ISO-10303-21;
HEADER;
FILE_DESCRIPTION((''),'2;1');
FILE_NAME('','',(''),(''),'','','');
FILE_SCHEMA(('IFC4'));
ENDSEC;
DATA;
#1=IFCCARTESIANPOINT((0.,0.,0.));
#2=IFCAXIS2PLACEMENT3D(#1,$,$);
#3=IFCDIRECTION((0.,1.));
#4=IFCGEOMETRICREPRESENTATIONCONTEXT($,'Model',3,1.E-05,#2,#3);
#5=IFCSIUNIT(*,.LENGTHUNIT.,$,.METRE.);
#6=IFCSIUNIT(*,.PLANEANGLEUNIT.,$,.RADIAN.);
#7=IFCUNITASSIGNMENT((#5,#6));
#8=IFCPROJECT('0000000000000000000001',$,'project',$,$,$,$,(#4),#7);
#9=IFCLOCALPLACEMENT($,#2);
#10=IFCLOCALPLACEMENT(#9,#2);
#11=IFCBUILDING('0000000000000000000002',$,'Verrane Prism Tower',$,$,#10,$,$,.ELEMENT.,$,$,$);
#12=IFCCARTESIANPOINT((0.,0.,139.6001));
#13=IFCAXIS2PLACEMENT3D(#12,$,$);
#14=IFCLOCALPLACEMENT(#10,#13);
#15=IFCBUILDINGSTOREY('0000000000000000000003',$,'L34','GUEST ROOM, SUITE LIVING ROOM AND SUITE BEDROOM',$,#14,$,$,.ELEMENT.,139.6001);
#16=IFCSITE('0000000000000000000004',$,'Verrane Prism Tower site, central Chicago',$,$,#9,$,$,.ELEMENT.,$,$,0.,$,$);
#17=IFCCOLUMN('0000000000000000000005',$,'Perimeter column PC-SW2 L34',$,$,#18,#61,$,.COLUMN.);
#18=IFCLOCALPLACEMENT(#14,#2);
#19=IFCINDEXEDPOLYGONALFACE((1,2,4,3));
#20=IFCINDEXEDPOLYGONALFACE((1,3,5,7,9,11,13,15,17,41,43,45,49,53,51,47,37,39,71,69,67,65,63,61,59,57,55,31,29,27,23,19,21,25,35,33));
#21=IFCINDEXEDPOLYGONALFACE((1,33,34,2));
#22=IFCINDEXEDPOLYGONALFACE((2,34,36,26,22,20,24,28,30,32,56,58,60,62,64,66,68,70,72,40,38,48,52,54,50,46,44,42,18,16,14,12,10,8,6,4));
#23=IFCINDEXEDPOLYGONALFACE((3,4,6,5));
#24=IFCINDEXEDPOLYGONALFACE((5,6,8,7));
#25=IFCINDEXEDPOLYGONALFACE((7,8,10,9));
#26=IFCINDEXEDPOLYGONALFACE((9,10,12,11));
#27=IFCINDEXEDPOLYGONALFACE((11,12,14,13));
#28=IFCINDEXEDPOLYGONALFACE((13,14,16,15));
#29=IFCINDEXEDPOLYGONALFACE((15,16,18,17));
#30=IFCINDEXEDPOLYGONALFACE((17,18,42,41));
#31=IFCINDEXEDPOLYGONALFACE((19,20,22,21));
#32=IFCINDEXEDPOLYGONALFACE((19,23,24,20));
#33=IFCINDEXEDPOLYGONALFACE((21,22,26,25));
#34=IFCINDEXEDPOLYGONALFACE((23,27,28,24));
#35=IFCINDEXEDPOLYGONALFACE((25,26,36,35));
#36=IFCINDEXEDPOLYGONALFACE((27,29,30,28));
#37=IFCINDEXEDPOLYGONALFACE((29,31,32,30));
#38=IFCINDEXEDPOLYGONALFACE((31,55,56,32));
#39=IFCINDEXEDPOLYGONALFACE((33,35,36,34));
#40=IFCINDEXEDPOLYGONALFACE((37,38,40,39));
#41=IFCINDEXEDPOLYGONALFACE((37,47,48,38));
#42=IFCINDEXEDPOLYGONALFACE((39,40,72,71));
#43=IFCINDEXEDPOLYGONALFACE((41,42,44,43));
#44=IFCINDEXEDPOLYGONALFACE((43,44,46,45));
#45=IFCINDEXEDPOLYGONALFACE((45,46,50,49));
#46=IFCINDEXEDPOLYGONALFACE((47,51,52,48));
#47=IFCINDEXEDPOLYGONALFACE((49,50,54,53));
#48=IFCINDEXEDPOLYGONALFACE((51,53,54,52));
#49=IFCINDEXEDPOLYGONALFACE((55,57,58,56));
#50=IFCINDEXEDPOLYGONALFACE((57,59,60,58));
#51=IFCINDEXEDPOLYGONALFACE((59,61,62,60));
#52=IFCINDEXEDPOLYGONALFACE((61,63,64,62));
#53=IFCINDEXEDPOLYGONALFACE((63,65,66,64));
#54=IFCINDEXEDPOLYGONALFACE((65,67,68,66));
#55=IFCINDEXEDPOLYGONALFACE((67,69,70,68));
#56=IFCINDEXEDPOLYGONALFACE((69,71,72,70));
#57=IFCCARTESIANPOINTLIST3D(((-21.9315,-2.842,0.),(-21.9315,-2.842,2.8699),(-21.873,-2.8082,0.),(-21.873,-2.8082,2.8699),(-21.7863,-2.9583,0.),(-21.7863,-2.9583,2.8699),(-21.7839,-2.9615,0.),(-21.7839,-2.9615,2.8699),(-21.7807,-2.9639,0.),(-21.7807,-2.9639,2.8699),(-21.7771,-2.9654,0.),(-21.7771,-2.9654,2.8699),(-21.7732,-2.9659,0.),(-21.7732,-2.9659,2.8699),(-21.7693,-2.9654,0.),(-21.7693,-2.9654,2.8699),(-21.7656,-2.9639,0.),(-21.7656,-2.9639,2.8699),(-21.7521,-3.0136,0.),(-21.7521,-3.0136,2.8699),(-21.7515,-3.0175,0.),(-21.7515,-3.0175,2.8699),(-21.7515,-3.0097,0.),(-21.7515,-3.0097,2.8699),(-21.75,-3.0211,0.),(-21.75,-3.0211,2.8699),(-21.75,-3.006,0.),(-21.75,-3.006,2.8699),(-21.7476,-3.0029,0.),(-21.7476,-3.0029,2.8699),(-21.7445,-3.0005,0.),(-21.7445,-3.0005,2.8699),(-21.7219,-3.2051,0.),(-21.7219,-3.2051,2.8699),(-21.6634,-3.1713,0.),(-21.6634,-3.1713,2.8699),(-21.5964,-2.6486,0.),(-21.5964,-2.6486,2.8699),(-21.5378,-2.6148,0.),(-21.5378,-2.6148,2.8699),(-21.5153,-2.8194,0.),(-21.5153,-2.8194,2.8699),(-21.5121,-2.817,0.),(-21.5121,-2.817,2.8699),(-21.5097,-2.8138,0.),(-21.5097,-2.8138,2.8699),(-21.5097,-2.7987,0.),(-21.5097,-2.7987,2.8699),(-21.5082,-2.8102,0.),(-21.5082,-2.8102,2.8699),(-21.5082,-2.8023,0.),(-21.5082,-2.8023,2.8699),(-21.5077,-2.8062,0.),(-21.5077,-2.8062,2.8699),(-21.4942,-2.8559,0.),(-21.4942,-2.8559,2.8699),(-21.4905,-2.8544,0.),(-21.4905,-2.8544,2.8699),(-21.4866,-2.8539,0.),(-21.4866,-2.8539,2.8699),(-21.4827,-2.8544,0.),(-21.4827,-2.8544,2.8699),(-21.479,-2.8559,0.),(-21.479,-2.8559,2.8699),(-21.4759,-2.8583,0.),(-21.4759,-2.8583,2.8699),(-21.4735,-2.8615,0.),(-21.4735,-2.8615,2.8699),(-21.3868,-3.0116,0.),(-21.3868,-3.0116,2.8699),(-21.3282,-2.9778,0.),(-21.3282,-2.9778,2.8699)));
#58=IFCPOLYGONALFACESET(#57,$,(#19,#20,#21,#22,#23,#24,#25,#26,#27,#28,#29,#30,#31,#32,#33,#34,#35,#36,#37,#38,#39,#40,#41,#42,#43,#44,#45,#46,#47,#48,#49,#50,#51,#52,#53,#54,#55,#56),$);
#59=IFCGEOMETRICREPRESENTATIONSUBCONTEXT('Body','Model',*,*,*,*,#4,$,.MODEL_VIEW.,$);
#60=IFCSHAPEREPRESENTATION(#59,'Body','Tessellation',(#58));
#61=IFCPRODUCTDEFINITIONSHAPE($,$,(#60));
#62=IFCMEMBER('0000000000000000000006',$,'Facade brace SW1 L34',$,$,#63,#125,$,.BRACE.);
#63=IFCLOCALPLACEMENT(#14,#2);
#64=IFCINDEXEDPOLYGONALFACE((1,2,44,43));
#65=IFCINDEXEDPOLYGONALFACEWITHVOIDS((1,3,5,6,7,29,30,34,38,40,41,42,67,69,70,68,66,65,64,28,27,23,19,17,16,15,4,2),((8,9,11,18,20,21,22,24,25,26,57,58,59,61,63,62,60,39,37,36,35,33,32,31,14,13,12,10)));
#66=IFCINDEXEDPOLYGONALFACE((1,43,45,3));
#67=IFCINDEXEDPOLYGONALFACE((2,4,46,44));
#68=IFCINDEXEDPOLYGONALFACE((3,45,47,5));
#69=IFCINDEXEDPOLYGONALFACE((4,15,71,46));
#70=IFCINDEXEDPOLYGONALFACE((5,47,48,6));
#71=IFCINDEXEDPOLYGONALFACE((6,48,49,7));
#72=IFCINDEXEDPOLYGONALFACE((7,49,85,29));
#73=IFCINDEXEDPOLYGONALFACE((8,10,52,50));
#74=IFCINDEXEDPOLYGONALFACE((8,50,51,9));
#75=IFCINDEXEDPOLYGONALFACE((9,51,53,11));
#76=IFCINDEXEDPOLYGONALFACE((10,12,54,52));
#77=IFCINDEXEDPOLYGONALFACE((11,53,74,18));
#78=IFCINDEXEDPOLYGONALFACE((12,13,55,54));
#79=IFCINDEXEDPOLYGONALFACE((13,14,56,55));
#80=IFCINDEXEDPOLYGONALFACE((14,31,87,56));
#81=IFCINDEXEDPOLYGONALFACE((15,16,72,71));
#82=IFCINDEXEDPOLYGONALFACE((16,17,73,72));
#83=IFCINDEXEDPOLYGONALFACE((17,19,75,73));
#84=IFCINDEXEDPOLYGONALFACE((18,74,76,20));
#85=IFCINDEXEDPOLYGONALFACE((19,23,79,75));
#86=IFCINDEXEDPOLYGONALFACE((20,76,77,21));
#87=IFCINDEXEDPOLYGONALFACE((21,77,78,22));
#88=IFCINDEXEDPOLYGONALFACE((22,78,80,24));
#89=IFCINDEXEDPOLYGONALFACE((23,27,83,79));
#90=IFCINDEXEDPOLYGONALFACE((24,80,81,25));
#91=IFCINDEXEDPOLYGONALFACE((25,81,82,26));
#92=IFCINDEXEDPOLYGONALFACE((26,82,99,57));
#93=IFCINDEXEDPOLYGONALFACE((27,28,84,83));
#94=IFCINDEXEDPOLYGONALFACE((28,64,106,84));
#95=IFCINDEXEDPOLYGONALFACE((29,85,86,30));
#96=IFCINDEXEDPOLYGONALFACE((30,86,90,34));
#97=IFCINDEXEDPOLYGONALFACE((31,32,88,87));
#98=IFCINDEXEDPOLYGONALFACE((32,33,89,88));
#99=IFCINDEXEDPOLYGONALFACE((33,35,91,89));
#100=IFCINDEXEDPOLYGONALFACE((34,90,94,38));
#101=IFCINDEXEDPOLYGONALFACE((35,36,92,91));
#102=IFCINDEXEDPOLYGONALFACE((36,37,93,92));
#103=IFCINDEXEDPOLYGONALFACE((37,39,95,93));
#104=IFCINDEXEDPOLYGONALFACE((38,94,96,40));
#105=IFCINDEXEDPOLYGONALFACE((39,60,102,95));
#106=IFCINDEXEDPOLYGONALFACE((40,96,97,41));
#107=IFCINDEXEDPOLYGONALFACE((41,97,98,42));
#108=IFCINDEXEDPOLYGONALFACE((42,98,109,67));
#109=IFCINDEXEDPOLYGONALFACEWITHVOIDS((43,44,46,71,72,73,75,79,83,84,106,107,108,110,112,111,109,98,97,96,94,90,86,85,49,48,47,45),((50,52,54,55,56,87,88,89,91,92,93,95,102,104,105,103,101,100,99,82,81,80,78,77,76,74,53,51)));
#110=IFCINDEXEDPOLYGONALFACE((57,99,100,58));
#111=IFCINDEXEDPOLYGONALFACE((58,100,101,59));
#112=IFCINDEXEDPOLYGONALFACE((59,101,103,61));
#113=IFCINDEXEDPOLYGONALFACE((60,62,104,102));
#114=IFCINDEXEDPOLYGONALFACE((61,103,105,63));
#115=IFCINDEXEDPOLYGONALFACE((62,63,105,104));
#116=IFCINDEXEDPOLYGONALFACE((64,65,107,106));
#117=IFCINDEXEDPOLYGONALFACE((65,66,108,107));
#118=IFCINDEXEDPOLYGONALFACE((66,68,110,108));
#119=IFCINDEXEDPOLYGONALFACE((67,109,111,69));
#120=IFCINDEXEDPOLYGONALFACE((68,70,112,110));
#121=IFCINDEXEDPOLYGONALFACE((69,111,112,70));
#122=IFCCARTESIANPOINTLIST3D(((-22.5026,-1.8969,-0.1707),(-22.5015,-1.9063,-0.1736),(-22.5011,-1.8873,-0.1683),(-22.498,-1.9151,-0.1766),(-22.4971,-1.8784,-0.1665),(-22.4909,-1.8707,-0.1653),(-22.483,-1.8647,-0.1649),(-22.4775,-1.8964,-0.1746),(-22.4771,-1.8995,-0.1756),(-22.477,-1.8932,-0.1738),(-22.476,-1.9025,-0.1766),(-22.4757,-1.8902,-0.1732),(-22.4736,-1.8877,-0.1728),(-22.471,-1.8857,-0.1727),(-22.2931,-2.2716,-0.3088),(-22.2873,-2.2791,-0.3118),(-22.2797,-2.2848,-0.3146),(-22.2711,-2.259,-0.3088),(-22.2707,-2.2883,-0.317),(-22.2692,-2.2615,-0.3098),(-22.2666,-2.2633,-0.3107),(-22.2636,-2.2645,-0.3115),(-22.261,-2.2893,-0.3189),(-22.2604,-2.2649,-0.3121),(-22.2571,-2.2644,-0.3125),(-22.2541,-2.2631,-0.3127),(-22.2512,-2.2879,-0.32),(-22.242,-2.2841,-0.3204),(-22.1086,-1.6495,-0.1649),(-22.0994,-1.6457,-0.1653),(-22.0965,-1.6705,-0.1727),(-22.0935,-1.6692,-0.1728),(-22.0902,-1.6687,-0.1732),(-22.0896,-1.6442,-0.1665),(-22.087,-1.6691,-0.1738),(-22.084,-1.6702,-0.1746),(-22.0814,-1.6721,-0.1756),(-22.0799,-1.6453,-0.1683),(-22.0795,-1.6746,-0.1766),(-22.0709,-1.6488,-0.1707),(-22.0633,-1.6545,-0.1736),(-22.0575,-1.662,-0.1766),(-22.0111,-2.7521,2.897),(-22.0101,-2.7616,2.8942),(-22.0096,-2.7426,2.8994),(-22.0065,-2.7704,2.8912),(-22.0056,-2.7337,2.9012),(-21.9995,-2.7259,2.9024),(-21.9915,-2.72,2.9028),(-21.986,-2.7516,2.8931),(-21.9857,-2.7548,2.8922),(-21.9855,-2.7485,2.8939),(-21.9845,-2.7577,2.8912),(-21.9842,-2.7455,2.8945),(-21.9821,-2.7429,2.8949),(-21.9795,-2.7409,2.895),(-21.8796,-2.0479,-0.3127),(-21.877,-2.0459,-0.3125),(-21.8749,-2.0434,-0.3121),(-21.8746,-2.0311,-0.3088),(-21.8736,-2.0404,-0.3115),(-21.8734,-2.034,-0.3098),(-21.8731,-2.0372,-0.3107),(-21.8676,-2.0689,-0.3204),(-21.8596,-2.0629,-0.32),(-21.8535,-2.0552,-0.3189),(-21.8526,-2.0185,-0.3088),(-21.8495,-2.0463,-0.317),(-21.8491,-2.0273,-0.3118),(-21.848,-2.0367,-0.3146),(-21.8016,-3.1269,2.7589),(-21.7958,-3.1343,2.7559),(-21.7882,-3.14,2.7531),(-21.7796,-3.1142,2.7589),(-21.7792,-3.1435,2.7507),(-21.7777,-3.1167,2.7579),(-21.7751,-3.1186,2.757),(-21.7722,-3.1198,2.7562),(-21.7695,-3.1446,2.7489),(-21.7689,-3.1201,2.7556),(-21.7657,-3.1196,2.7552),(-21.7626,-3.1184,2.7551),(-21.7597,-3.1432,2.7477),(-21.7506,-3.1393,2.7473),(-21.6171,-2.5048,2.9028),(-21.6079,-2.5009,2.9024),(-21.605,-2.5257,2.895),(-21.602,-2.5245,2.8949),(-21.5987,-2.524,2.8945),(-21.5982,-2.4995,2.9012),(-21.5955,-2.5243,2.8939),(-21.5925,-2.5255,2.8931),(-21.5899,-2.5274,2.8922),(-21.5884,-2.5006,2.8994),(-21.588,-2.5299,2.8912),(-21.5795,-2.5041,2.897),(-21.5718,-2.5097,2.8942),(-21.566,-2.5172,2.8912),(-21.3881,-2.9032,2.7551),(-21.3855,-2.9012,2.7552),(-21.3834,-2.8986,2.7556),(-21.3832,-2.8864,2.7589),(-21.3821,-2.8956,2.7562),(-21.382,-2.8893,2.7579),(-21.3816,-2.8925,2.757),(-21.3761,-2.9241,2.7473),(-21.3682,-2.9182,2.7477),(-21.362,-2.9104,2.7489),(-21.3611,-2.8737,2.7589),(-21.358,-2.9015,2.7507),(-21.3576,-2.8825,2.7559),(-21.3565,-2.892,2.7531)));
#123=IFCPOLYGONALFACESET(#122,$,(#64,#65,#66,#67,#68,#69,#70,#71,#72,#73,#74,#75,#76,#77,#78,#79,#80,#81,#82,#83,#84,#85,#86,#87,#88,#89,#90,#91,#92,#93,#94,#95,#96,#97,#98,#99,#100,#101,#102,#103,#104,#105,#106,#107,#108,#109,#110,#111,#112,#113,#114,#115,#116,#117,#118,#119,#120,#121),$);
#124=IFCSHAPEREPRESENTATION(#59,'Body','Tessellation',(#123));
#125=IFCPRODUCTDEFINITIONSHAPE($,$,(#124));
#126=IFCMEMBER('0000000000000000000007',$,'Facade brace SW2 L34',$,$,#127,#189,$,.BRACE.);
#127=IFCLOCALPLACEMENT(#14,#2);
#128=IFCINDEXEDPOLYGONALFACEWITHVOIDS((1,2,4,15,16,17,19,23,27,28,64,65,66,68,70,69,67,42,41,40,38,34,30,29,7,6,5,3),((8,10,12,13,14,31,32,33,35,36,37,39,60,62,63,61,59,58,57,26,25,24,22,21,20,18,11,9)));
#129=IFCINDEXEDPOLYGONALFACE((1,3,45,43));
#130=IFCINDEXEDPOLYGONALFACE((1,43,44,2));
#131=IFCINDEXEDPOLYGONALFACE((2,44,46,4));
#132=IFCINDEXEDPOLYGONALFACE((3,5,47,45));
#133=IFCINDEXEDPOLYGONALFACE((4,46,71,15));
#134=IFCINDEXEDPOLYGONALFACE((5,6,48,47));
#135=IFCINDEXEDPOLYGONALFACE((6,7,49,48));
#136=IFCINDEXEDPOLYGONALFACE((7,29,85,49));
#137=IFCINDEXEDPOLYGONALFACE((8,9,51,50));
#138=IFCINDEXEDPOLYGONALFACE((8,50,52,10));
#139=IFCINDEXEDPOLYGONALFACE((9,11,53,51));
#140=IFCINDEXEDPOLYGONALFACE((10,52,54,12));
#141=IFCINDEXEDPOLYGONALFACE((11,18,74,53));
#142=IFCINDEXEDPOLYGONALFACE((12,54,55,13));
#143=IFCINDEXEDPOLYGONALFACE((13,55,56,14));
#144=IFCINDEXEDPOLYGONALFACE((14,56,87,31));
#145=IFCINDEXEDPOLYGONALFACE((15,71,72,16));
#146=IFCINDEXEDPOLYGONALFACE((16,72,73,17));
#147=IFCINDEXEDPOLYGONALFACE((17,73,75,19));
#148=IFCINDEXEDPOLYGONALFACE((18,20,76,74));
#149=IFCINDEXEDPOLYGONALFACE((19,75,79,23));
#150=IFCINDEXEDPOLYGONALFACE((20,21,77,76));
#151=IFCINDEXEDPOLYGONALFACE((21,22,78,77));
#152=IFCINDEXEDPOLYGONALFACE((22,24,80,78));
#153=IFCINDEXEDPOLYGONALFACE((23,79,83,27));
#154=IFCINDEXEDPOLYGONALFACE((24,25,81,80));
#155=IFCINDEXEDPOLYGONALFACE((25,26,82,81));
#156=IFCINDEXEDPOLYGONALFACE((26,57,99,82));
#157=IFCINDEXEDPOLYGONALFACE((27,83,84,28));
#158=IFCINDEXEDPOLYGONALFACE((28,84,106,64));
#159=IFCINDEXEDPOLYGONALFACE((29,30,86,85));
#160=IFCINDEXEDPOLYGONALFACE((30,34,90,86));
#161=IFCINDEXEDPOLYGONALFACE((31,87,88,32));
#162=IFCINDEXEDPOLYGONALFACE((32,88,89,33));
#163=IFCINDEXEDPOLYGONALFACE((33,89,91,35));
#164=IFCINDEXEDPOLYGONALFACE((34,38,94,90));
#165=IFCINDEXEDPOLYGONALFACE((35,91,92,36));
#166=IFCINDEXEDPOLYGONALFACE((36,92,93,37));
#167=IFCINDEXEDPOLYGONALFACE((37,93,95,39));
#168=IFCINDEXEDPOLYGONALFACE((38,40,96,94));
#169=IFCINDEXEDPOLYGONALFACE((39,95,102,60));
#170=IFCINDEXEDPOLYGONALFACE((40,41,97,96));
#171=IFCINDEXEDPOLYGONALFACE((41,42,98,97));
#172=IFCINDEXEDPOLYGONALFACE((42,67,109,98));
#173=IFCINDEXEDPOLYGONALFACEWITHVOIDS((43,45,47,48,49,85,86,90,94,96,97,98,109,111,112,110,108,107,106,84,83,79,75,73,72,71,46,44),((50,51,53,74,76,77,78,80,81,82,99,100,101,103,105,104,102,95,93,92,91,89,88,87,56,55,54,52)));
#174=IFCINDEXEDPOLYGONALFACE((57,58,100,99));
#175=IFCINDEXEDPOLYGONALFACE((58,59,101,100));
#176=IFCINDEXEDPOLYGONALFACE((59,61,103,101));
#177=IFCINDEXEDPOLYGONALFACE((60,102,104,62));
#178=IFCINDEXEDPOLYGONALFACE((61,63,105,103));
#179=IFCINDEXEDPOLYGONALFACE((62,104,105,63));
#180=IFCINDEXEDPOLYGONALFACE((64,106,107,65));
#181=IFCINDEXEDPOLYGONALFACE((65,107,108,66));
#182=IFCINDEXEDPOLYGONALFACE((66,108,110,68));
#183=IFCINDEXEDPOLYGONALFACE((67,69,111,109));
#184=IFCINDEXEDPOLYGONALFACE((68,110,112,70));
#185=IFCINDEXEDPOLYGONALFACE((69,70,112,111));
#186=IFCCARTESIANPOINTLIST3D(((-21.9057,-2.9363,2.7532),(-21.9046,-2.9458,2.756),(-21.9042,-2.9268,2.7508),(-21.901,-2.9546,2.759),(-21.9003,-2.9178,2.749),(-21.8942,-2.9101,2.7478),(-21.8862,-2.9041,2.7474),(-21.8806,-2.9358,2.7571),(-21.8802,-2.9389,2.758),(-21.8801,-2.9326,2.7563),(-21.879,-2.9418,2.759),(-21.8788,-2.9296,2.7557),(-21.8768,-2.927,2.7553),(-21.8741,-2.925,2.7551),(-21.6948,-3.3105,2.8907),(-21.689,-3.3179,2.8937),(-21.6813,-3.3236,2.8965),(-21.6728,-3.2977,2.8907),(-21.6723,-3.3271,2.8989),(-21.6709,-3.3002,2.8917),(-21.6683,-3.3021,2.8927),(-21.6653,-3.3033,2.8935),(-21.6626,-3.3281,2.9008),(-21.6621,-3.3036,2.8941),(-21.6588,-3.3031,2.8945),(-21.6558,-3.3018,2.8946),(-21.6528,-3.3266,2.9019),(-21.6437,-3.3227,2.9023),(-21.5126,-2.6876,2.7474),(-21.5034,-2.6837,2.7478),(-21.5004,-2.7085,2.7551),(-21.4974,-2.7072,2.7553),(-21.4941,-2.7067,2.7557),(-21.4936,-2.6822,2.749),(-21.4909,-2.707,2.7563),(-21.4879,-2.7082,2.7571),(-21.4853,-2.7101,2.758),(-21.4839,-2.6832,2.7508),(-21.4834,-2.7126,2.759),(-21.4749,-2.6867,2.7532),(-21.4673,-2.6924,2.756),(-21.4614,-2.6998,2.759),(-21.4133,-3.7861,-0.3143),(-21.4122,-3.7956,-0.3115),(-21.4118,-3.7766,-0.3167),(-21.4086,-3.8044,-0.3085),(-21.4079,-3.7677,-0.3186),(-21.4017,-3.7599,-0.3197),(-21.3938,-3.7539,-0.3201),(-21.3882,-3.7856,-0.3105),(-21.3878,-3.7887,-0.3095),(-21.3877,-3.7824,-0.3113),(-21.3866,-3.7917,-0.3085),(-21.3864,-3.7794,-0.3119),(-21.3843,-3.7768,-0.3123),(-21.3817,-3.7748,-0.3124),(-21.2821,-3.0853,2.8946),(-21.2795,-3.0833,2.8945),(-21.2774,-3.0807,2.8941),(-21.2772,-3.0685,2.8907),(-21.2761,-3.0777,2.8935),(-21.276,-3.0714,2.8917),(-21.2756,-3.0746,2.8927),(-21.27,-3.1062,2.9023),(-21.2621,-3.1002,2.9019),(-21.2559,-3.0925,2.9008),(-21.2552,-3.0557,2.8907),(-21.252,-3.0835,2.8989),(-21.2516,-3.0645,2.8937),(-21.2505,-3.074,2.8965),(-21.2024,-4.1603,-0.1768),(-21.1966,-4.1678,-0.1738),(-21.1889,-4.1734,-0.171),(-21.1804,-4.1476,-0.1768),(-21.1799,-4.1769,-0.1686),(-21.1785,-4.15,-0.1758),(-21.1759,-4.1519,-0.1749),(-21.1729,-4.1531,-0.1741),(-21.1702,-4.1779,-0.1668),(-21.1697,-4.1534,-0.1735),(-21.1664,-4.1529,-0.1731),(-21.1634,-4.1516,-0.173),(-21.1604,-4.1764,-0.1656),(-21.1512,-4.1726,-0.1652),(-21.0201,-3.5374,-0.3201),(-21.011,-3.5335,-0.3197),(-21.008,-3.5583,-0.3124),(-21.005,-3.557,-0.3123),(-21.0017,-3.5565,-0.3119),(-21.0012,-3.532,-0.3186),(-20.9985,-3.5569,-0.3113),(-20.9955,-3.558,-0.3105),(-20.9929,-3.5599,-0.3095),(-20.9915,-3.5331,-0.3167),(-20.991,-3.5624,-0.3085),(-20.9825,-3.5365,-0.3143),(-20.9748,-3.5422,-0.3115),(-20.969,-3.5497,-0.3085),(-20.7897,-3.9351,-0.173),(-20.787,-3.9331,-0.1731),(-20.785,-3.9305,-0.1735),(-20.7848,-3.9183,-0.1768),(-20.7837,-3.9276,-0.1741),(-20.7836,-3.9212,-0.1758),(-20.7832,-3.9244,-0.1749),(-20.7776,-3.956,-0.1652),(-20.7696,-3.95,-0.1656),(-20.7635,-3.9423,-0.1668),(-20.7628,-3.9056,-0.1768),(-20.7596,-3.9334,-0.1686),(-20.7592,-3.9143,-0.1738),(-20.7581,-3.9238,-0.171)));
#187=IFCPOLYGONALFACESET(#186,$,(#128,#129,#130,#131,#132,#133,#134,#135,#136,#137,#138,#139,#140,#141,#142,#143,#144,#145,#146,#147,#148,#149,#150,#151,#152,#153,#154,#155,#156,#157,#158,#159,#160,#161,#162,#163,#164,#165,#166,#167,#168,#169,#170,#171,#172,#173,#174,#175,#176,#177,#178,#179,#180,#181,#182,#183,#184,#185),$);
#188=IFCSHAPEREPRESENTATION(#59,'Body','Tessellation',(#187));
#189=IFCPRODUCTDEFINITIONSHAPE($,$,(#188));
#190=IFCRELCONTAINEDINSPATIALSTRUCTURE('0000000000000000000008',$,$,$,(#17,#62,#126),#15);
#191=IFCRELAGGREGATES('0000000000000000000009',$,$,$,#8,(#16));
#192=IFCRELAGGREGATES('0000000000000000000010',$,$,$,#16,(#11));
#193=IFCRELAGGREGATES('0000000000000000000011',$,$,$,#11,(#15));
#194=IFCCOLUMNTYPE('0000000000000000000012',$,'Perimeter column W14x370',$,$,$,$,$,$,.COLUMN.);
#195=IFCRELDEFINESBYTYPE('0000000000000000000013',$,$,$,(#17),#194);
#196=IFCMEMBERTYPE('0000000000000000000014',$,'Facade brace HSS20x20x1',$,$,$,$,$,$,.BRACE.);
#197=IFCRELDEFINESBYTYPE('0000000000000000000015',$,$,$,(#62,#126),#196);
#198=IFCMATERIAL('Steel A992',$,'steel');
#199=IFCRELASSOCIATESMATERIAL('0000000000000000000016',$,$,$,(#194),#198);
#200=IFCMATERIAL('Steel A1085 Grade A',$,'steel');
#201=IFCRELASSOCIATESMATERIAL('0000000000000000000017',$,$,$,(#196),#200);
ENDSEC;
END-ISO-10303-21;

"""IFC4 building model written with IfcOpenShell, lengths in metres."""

from ifc_helpers import new_model, si_unit, direction, frame, origin, origin_2d, place, context, subcontext, project, spatial, hollow_rectangle, i_section, extrude, material, material_profile, profile_set, type_object, element, save


model = new_model("IFC4")

# Units and contexts
model_context = context("Model", 3, precision=1e-05, world=origin(), true_north=direction((0.0, 1.0)))
body_context = subcontext(model_context, "Body", "Model", "MODEL_VIEW")
ifc_project = project(units=[si_unit("LENGTHUNIT", "METRE"), si_unit("PLANEANGLEUNIT", "RADIAN")], contexts=[model_context])

# Site, building, storey
site_placement = place(None, origin())
site = spatial("IfcSite", under=ifc_project, at=site_placement, Name="Verrane Prism Tower site, central Chicago", CompositionType="ELEMENT", RefElevation=0.0)
building_placement = place(site_placement, origin())
building = spatial("IfcBuilding", under=site, at=building_placement, Name="Verrane Prism Tower", CompositionType="ELEMENT")
storey_placement = place(building_placement, frame((0.0, 0.0, 139.6001)))
storey = spatial("IfcBuildingStorey", under=building, at=storey_placement, Name="L34", Description="GUEST ROOM, SUITE LIVING ROOM AND SUITE BEDROOM", CompositionType="ELEMENT", Elevation=139.6001)

# Column
ifc_material_1 = material(Name="Steel A992", Category="steel")
ifc_material_profile_1 = material_profile(ifc_material_1, i_section(OverallWidth=0.4192, OverallDepth=0.4546, WebThickness=0.0422, FlangeThickness=0.0676, FilletRadius=0.0151, at=origin_2d()), Name="W14x370")
ifc_profile_set_1 = profile_set([ifc_material_profile_1], Name="Steel A992")
column_type = type_object("IfcColumnType", Name="Perimeter column W14x370", PredefinedType="COLUMN", material=ifc_profile_set_1)
column_placement = place(storey_placement, frame((-21.6299, -2.9099, 0.0), z_axis=(0.0, 0.0, 1.0), x_axis=(-0.5, 0.866025, 0.0)))
element("IfcColumn", 1, at=column_placement, inside=storey, type_object=column_type, Name="Perimeter column PC-SW2 L34", PredefinedType="COLUMN", context=body_context, shape_type="SweptSolid", body=[
    extrude(i_section(OverallWidth=0.4192, OverallDepth=0.4546, WebThickness=0.0422, FlangeThickness=0.0676, FilletRadius=0.0151, at=origin_2d()), origin(), (0.0, 0.0, 1.0), 2.8699),
])

# Members
ifc_material_2 = material(Name="Steel A1085 Grade A", Category="steel")
ifc_material_profile_2 = material_profile(ifc_material_2, hollow_rectangle(XDim=0.5081, YDim=0.5081, WallThickness=0.0254, InnerFilletRadius=0.0127, OuterFilletRadius=0.0381, at=origin_2d()), Name="HSS20x20x1")
ifc_profile_set_2 = profile_set([ifc_material_profile_2], Name="Steel A1085 Grade A")
member_type_1 = type_object("IfcMemberType", Name="Facade brace HSS20x20x1", PredefinedType="BRACE", material=ifc_profile_set_2)
member_1_placement = place(storey_placement, frame((-22.1753, -1.9668, -0.2427), z_axis=(0.152516, -0.265407, 0.951997), x_axis=(0.867037, 0.498243, 0.0)))
element("IfcMember", 2, at=member_1_placement, inside=storey, type_object=member_type_1, Name="Facade brace SW1 L34", PredefinedType="BRACE", context=body_context, shape_type="SweptSolid", body=[
    extrude(hollow_rectangle(XDim=0.5081, YDim=0.5081, WallThickness=0.0254, InnerFilletRadius=0.0127, OuterFilletRadius=0.0381, at=origin_2d()), origin(), (0.0, 0.0, 1.0), 3.2224),
])
member_2_placement = place(storey_placement, frame((-21.0857, -3.855, -0.2427), z_axis=(-0.15288, 0.263845, 0.952373), x_axis=(-0.865245, -0.50135, 0.0)))
element("IfcMember", 3, at=member_2_placement, inside=storey, type_object=member_type_1, Name="Facade brace SW2 L34", PredefinedType="BRACE", context=body_context, shape_type="SweptSolid", body=[
    extrude(hollow_rectangle(XDim=0.5081, YDim=0.5081, WallThickness=0.0254, InnerFilletRadius=0.0127, OuterFilletRadius=0.0381, at=origin_2d()), origin(), (0.0, 0.0, 1.0), 3.2209),
])

save(model, "model.ifc")
